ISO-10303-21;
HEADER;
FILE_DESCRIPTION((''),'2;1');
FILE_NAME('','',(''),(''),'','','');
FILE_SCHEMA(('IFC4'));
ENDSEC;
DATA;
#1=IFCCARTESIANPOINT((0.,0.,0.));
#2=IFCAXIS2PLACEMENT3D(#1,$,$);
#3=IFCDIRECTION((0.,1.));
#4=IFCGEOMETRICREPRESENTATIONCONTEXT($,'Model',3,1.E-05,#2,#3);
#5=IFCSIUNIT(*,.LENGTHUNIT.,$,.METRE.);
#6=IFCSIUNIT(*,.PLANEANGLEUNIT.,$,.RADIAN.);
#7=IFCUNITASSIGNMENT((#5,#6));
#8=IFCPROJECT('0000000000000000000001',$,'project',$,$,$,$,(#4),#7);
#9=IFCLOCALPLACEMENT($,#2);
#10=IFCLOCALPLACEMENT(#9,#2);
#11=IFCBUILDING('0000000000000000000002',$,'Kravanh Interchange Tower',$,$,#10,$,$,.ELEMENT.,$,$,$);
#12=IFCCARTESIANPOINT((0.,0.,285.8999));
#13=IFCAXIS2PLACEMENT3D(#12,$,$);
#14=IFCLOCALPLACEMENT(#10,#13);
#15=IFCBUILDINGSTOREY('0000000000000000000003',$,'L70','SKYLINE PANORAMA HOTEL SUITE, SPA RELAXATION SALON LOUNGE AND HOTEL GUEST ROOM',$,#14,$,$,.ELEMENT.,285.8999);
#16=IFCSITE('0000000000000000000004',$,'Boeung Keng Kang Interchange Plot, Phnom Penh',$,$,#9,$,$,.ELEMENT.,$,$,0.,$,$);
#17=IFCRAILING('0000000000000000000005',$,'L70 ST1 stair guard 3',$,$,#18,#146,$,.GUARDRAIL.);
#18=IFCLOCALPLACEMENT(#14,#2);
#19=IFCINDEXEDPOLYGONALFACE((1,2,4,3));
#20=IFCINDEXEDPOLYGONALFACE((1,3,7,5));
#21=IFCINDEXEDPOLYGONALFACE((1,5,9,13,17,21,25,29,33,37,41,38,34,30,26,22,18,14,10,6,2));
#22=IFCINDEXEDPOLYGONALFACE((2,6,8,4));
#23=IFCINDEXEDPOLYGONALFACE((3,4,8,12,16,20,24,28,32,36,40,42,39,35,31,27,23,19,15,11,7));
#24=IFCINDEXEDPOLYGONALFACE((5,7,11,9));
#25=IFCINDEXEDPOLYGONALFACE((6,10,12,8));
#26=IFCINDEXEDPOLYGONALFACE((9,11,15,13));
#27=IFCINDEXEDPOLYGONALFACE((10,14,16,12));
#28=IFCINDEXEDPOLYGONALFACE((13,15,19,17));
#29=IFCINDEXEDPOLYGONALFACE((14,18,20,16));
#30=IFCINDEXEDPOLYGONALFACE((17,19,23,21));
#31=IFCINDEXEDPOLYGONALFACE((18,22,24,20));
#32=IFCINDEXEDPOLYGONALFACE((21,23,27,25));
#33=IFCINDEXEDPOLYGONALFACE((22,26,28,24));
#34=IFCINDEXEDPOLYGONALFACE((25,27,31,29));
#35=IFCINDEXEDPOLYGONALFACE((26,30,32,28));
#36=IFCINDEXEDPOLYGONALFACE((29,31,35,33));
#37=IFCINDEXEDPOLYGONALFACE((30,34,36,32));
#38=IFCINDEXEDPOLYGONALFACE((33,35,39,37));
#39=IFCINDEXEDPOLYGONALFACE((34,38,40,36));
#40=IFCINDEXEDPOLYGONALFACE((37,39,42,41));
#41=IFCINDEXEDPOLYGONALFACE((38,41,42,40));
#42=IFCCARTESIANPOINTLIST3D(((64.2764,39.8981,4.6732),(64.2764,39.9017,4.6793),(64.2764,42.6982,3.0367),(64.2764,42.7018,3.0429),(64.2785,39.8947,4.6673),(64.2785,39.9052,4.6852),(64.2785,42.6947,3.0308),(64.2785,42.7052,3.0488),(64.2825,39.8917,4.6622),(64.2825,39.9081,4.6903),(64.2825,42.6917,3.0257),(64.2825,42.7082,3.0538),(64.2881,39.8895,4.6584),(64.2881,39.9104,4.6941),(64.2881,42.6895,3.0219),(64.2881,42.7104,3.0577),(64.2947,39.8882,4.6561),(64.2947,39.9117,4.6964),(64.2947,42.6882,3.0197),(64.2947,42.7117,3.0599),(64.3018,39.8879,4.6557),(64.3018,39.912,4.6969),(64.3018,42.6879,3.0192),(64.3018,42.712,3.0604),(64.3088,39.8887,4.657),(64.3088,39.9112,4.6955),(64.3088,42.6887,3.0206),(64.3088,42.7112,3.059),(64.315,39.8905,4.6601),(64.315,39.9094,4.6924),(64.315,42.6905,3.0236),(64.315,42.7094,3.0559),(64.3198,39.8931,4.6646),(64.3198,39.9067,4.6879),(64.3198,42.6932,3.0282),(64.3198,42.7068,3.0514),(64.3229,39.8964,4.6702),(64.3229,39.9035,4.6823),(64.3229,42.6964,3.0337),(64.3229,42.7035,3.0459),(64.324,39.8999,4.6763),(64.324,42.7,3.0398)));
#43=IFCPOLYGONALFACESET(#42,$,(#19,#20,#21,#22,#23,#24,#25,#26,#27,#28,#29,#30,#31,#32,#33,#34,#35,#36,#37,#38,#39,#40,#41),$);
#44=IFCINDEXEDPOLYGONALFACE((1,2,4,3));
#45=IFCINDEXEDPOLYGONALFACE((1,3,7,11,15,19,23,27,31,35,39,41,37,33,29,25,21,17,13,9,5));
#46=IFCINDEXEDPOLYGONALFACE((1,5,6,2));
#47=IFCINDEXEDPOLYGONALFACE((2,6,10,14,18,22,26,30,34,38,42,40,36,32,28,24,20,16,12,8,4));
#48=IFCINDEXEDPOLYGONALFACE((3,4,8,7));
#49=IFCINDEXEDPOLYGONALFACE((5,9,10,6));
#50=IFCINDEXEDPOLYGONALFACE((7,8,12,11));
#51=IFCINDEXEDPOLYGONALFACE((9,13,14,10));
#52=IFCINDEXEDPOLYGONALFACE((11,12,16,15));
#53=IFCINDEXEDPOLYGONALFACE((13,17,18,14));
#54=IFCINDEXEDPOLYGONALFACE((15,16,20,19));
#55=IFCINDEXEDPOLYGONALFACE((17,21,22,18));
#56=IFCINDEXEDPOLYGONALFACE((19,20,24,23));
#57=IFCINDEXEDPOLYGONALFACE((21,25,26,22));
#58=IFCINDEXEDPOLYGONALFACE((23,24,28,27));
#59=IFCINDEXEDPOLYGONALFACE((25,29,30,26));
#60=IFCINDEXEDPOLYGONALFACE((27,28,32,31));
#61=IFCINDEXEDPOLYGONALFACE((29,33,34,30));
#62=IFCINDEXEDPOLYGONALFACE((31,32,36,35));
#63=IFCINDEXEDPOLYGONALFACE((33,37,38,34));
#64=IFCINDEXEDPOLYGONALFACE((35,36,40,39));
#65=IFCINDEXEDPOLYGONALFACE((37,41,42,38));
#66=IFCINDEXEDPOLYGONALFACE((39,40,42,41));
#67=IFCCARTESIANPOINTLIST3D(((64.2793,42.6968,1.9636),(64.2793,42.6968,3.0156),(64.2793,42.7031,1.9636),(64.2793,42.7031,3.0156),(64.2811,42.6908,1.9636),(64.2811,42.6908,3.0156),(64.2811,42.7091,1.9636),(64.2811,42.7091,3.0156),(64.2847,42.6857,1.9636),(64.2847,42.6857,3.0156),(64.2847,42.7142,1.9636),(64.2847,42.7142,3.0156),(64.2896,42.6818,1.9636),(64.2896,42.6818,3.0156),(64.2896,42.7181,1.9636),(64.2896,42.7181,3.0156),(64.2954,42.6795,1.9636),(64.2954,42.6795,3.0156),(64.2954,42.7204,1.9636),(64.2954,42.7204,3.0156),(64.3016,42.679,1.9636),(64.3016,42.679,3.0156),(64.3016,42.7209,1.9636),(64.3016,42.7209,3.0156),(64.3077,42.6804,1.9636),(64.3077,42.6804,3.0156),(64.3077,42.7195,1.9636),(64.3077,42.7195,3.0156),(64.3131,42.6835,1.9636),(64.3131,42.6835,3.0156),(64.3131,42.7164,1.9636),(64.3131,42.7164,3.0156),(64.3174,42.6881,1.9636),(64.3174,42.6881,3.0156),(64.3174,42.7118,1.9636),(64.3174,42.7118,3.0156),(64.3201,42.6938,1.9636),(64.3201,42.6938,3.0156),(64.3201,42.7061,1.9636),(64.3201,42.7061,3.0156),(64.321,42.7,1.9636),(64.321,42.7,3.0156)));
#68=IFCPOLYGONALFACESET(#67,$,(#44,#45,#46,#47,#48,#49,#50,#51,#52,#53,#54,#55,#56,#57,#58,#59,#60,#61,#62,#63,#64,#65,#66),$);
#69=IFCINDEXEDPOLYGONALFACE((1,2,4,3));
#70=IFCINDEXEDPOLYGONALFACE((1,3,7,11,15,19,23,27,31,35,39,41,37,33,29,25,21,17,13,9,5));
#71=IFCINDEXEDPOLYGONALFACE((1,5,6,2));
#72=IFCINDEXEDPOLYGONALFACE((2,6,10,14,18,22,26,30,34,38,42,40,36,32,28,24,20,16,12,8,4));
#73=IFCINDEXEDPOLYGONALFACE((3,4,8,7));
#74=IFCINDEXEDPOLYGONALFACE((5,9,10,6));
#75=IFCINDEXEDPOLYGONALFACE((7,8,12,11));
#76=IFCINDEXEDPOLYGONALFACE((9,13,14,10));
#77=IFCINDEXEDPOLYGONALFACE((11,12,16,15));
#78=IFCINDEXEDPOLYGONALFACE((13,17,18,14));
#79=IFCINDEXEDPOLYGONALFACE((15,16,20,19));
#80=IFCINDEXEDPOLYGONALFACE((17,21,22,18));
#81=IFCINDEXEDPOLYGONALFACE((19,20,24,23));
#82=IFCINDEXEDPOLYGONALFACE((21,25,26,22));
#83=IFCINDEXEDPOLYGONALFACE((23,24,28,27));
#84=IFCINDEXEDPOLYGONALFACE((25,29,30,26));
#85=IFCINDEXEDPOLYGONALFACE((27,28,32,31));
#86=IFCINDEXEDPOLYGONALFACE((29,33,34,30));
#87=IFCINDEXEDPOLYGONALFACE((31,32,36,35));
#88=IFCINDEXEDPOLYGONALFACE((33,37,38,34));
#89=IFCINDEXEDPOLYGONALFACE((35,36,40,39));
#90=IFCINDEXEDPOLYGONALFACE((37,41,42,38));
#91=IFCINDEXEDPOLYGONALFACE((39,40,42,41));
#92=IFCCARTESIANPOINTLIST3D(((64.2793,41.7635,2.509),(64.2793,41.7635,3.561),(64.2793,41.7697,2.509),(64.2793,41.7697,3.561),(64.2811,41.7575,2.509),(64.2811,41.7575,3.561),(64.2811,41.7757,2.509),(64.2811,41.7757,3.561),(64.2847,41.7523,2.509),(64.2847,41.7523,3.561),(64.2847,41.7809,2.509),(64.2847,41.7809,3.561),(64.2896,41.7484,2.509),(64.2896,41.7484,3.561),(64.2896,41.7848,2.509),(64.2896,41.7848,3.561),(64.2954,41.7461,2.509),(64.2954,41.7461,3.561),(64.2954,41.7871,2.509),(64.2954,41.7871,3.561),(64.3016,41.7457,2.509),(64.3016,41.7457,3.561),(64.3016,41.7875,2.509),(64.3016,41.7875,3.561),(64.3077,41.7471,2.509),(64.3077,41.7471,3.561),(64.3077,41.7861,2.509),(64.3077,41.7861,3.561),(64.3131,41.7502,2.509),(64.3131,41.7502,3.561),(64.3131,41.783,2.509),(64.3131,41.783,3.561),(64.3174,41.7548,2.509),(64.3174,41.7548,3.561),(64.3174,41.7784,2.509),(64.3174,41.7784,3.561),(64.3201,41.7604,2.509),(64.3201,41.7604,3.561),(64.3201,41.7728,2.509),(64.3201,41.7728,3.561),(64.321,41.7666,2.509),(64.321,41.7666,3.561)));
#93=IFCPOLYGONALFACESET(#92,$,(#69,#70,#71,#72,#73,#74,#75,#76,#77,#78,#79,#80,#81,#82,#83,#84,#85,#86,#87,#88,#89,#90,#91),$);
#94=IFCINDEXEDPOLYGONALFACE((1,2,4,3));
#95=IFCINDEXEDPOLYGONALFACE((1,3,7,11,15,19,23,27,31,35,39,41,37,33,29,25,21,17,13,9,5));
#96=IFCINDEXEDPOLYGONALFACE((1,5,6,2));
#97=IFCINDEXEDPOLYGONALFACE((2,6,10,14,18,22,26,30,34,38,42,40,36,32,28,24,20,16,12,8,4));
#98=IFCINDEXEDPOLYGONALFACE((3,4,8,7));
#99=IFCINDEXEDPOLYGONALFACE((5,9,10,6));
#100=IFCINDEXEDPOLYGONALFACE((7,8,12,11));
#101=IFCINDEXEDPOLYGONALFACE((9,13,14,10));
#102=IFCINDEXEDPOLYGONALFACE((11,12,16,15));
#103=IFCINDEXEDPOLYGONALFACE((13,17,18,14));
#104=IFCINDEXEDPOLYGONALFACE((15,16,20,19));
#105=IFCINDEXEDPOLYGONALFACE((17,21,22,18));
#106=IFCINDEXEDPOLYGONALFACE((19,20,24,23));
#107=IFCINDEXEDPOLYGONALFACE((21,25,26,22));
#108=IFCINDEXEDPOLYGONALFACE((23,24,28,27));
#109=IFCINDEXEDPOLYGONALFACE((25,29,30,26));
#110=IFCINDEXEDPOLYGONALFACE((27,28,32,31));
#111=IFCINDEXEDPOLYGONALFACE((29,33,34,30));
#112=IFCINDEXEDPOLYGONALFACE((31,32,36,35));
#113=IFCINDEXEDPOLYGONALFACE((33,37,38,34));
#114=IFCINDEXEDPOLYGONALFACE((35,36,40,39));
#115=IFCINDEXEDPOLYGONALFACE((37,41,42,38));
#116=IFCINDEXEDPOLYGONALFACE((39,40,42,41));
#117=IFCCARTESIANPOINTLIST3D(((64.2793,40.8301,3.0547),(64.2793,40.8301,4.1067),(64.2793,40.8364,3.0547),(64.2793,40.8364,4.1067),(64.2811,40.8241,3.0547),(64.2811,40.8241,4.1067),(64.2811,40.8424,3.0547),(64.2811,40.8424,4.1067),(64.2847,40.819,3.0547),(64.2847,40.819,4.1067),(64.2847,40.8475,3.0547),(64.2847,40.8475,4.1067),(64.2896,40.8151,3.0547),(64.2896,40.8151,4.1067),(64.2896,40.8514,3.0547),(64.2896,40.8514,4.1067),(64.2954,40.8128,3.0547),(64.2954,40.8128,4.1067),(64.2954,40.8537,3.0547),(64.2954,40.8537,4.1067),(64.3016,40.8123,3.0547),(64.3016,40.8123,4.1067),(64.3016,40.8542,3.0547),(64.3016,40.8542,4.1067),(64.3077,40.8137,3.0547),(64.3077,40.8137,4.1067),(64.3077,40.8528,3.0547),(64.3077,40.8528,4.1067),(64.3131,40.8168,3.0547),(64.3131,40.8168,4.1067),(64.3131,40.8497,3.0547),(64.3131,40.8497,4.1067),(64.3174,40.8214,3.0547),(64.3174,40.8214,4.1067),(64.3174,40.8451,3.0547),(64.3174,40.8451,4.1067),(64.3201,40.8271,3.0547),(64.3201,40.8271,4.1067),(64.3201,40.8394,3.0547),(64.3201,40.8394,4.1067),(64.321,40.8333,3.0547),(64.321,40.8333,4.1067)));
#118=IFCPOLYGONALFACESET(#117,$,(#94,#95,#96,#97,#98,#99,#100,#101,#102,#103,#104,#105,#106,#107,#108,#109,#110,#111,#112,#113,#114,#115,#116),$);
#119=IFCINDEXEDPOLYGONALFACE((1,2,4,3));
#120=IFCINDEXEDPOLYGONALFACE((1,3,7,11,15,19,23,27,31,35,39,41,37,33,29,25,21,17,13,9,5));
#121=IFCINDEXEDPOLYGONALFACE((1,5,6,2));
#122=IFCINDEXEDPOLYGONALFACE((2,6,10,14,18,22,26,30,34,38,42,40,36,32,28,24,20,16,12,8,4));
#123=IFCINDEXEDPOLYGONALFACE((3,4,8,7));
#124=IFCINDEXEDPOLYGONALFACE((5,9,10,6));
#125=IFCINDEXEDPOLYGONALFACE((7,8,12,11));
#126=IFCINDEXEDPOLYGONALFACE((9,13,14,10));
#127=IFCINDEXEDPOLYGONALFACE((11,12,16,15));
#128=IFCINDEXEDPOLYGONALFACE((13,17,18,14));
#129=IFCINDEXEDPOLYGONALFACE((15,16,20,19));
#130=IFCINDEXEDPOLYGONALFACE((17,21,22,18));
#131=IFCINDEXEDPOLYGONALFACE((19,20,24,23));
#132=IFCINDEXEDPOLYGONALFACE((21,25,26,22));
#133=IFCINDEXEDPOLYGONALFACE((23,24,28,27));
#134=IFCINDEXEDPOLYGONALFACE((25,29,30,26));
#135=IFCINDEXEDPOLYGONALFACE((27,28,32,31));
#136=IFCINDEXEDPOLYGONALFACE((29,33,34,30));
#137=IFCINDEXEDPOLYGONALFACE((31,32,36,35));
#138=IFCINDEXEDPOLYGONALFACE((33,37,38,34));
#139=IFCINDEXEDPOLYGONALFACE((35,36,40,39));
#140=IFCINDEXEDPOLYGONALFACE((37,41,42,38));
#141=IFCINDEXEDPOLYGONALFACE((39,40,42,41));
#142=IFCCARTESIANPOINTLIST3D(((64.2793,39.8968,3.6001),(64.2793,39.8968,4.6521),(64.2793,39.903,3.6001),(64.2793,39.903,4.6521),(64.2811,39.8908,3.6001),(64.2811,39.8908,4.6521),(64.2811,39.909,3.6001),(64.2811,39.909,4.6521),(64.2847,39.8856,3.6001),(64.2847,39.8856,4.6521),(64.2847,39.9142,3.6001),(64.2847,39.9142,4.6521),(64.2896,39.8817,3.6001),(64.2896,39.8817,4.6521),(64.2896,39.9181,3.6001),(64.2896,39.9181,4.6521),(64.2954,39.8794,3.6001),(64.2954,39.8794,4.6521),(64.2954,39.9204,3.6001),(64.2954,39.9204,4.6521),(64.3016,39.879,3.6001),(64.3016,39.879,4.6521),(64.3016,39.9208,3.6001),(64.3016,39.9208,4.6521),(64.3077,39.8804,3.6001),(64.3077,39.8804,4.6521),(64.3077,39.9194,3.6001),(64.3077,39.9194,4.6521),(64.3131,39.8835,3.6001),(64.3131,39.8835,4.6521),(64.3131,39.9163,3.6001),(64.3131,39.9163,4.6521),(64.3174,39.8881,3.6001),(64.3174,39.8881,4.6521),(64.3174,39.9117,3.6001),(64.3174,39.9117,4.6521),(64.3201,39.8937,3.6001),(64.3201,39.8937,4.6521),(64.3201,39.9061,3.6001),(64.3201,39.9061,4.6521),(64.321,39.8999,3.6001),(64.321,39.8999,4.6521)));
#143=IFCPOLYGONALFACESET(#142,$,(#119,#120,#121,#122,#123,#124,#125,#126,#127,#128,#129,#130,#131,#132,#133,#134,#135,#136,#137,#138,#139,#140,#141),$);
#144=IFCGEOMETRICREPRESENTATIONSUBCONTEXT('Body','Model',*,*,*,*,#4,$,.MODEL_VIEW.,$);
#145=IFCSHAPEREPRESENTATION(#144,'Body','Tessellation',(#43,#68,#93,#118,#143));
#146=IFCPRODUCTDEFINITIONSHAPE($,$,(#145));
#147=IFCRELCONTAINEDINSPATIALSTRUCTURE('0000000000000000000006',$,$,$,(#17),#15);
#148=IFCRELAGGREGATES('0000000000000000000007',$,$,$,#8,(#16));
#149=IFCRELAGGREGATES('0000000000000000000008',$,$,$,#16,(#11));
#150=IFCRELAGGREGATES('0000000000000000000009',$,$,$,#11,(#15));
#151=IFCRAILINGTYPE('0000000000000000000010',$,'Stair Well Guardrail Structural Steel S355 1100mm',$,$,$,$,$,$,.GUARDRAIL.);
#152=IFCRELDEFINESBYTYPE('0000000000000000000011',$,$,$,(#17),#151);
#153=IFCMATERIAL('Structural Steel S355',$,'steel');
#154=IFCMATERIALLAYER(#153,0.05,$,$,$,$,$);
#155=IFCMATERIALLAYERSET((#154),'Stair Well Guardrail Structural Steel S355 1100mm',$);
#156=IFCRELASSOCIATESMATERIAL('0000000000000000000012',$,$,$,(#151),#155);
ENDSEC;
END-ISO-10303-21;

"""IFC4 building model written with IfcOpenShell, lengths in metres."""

from ifc_helpers import new_model, si_unit, direction, frame, origin, origin_2d, place, context, subcontext, project, spatial, circle, extrude, material, layer, layer_set, type_object, element, save


model = new_model("IFC4")

# Units and contexts
model_context = context("Model", 3, precision=1e-05, world=origin(), true_north=direction((0.0, 1.0)))
body_context = subcontext(model_context, "Body", "Model", "MODEL_VIEW")
ifc_project = project(units=[si_unit("LENGTHUNIT", "METRE"), si_unit("PLANEANGLEUNIT", "RADIAN")], contexts=[model_context])

# Site, building, storey
site_placement = place(None, origin())
site = spatial("IfcSite", under=ifc_project, at=site_placement, Name="Boeung Keng Kang Interchange Plot, Phnom Penh", CompositionType="ELEMENT", RefElevation=0.0)
building_placement = place(site_placement, origin())
building = spatial("IfcBuilding", under=site, at=building_placement, Name="Kravanh Interchange Tower", CompositionType="ELEMENT")
storey_placement = place(building_placement, frame((0.0, 0.0, 285.8999)))
storey = spatial("IfcBuildingStorey", under=building, at=storey_placement, Name="L70", Description="SKYLINE PANORAMA HOTEL SUITE, SPA RELAXATION SALON LOUNGE AND HOTEL GUEST ROOM", CompositionType="ELEMENT", Elevation=285.8999)

# Railing
ifc_material_1 = material(Name="Structural Steel S355", Category="steel")
ifc_layer_1 = layer(ifc_material_1, 0.05)
ifc_layer_set_1 = layer_set([ifc_layer_1], Name="Stair Well Guardrail Structural Steel S355 1100mm")
railing_type_1 = type_object("IfcRailingType", Name="Stair Well Guardrail Structural Steel S355 1100mm", PredefinedType="GUARDRAIL", material=ifc_layer_set_1)
railing_1_placement = place(storey_placement, frame((64.3, 42.7, 1.9636)))
element("IfcRailing", 1, at=railing_1_placement, inside=storey, type_object=railing_type_1, Name="L70 ST1 stair guard 3", PredefinedType="GUARDRAIL", context=body_context, shape_type="SweptSolid", body=[
    extrude(circle(Radius=0.0239, at=origin_2d()), frame((0.0, 0.0, 1.0762), z_axis=(0.0, -0.863361, 0.504587), x_axis=(1.0, 0.0, 0.0)), (0.0, 0.0, 1.0), 3.2432),
    extrude(circle(Radius=0.021, at=origin_2d()), origin(), (0.0, 0.0, 1.0), 1.052),
    extrude(circle(Radius=0.021, at=origin_2d()), frame((0.0, -0.9333, 0.5454)), (0.0, 0.0, 1.0), 1.052),
    extrude(circle(Radius=0.021, at=origin_2d()), frame((0.0, -1.8667, 1.0911)), (0.0, 0.0, 1.0), 1.052),
    extrude(circle(Radius=0.021, at=origin_2d()), frame((0.0, -2.8, 1.6365)), (0.0, 0.0, 1.0), 1.052),
])

save(model, "model.ifc")
